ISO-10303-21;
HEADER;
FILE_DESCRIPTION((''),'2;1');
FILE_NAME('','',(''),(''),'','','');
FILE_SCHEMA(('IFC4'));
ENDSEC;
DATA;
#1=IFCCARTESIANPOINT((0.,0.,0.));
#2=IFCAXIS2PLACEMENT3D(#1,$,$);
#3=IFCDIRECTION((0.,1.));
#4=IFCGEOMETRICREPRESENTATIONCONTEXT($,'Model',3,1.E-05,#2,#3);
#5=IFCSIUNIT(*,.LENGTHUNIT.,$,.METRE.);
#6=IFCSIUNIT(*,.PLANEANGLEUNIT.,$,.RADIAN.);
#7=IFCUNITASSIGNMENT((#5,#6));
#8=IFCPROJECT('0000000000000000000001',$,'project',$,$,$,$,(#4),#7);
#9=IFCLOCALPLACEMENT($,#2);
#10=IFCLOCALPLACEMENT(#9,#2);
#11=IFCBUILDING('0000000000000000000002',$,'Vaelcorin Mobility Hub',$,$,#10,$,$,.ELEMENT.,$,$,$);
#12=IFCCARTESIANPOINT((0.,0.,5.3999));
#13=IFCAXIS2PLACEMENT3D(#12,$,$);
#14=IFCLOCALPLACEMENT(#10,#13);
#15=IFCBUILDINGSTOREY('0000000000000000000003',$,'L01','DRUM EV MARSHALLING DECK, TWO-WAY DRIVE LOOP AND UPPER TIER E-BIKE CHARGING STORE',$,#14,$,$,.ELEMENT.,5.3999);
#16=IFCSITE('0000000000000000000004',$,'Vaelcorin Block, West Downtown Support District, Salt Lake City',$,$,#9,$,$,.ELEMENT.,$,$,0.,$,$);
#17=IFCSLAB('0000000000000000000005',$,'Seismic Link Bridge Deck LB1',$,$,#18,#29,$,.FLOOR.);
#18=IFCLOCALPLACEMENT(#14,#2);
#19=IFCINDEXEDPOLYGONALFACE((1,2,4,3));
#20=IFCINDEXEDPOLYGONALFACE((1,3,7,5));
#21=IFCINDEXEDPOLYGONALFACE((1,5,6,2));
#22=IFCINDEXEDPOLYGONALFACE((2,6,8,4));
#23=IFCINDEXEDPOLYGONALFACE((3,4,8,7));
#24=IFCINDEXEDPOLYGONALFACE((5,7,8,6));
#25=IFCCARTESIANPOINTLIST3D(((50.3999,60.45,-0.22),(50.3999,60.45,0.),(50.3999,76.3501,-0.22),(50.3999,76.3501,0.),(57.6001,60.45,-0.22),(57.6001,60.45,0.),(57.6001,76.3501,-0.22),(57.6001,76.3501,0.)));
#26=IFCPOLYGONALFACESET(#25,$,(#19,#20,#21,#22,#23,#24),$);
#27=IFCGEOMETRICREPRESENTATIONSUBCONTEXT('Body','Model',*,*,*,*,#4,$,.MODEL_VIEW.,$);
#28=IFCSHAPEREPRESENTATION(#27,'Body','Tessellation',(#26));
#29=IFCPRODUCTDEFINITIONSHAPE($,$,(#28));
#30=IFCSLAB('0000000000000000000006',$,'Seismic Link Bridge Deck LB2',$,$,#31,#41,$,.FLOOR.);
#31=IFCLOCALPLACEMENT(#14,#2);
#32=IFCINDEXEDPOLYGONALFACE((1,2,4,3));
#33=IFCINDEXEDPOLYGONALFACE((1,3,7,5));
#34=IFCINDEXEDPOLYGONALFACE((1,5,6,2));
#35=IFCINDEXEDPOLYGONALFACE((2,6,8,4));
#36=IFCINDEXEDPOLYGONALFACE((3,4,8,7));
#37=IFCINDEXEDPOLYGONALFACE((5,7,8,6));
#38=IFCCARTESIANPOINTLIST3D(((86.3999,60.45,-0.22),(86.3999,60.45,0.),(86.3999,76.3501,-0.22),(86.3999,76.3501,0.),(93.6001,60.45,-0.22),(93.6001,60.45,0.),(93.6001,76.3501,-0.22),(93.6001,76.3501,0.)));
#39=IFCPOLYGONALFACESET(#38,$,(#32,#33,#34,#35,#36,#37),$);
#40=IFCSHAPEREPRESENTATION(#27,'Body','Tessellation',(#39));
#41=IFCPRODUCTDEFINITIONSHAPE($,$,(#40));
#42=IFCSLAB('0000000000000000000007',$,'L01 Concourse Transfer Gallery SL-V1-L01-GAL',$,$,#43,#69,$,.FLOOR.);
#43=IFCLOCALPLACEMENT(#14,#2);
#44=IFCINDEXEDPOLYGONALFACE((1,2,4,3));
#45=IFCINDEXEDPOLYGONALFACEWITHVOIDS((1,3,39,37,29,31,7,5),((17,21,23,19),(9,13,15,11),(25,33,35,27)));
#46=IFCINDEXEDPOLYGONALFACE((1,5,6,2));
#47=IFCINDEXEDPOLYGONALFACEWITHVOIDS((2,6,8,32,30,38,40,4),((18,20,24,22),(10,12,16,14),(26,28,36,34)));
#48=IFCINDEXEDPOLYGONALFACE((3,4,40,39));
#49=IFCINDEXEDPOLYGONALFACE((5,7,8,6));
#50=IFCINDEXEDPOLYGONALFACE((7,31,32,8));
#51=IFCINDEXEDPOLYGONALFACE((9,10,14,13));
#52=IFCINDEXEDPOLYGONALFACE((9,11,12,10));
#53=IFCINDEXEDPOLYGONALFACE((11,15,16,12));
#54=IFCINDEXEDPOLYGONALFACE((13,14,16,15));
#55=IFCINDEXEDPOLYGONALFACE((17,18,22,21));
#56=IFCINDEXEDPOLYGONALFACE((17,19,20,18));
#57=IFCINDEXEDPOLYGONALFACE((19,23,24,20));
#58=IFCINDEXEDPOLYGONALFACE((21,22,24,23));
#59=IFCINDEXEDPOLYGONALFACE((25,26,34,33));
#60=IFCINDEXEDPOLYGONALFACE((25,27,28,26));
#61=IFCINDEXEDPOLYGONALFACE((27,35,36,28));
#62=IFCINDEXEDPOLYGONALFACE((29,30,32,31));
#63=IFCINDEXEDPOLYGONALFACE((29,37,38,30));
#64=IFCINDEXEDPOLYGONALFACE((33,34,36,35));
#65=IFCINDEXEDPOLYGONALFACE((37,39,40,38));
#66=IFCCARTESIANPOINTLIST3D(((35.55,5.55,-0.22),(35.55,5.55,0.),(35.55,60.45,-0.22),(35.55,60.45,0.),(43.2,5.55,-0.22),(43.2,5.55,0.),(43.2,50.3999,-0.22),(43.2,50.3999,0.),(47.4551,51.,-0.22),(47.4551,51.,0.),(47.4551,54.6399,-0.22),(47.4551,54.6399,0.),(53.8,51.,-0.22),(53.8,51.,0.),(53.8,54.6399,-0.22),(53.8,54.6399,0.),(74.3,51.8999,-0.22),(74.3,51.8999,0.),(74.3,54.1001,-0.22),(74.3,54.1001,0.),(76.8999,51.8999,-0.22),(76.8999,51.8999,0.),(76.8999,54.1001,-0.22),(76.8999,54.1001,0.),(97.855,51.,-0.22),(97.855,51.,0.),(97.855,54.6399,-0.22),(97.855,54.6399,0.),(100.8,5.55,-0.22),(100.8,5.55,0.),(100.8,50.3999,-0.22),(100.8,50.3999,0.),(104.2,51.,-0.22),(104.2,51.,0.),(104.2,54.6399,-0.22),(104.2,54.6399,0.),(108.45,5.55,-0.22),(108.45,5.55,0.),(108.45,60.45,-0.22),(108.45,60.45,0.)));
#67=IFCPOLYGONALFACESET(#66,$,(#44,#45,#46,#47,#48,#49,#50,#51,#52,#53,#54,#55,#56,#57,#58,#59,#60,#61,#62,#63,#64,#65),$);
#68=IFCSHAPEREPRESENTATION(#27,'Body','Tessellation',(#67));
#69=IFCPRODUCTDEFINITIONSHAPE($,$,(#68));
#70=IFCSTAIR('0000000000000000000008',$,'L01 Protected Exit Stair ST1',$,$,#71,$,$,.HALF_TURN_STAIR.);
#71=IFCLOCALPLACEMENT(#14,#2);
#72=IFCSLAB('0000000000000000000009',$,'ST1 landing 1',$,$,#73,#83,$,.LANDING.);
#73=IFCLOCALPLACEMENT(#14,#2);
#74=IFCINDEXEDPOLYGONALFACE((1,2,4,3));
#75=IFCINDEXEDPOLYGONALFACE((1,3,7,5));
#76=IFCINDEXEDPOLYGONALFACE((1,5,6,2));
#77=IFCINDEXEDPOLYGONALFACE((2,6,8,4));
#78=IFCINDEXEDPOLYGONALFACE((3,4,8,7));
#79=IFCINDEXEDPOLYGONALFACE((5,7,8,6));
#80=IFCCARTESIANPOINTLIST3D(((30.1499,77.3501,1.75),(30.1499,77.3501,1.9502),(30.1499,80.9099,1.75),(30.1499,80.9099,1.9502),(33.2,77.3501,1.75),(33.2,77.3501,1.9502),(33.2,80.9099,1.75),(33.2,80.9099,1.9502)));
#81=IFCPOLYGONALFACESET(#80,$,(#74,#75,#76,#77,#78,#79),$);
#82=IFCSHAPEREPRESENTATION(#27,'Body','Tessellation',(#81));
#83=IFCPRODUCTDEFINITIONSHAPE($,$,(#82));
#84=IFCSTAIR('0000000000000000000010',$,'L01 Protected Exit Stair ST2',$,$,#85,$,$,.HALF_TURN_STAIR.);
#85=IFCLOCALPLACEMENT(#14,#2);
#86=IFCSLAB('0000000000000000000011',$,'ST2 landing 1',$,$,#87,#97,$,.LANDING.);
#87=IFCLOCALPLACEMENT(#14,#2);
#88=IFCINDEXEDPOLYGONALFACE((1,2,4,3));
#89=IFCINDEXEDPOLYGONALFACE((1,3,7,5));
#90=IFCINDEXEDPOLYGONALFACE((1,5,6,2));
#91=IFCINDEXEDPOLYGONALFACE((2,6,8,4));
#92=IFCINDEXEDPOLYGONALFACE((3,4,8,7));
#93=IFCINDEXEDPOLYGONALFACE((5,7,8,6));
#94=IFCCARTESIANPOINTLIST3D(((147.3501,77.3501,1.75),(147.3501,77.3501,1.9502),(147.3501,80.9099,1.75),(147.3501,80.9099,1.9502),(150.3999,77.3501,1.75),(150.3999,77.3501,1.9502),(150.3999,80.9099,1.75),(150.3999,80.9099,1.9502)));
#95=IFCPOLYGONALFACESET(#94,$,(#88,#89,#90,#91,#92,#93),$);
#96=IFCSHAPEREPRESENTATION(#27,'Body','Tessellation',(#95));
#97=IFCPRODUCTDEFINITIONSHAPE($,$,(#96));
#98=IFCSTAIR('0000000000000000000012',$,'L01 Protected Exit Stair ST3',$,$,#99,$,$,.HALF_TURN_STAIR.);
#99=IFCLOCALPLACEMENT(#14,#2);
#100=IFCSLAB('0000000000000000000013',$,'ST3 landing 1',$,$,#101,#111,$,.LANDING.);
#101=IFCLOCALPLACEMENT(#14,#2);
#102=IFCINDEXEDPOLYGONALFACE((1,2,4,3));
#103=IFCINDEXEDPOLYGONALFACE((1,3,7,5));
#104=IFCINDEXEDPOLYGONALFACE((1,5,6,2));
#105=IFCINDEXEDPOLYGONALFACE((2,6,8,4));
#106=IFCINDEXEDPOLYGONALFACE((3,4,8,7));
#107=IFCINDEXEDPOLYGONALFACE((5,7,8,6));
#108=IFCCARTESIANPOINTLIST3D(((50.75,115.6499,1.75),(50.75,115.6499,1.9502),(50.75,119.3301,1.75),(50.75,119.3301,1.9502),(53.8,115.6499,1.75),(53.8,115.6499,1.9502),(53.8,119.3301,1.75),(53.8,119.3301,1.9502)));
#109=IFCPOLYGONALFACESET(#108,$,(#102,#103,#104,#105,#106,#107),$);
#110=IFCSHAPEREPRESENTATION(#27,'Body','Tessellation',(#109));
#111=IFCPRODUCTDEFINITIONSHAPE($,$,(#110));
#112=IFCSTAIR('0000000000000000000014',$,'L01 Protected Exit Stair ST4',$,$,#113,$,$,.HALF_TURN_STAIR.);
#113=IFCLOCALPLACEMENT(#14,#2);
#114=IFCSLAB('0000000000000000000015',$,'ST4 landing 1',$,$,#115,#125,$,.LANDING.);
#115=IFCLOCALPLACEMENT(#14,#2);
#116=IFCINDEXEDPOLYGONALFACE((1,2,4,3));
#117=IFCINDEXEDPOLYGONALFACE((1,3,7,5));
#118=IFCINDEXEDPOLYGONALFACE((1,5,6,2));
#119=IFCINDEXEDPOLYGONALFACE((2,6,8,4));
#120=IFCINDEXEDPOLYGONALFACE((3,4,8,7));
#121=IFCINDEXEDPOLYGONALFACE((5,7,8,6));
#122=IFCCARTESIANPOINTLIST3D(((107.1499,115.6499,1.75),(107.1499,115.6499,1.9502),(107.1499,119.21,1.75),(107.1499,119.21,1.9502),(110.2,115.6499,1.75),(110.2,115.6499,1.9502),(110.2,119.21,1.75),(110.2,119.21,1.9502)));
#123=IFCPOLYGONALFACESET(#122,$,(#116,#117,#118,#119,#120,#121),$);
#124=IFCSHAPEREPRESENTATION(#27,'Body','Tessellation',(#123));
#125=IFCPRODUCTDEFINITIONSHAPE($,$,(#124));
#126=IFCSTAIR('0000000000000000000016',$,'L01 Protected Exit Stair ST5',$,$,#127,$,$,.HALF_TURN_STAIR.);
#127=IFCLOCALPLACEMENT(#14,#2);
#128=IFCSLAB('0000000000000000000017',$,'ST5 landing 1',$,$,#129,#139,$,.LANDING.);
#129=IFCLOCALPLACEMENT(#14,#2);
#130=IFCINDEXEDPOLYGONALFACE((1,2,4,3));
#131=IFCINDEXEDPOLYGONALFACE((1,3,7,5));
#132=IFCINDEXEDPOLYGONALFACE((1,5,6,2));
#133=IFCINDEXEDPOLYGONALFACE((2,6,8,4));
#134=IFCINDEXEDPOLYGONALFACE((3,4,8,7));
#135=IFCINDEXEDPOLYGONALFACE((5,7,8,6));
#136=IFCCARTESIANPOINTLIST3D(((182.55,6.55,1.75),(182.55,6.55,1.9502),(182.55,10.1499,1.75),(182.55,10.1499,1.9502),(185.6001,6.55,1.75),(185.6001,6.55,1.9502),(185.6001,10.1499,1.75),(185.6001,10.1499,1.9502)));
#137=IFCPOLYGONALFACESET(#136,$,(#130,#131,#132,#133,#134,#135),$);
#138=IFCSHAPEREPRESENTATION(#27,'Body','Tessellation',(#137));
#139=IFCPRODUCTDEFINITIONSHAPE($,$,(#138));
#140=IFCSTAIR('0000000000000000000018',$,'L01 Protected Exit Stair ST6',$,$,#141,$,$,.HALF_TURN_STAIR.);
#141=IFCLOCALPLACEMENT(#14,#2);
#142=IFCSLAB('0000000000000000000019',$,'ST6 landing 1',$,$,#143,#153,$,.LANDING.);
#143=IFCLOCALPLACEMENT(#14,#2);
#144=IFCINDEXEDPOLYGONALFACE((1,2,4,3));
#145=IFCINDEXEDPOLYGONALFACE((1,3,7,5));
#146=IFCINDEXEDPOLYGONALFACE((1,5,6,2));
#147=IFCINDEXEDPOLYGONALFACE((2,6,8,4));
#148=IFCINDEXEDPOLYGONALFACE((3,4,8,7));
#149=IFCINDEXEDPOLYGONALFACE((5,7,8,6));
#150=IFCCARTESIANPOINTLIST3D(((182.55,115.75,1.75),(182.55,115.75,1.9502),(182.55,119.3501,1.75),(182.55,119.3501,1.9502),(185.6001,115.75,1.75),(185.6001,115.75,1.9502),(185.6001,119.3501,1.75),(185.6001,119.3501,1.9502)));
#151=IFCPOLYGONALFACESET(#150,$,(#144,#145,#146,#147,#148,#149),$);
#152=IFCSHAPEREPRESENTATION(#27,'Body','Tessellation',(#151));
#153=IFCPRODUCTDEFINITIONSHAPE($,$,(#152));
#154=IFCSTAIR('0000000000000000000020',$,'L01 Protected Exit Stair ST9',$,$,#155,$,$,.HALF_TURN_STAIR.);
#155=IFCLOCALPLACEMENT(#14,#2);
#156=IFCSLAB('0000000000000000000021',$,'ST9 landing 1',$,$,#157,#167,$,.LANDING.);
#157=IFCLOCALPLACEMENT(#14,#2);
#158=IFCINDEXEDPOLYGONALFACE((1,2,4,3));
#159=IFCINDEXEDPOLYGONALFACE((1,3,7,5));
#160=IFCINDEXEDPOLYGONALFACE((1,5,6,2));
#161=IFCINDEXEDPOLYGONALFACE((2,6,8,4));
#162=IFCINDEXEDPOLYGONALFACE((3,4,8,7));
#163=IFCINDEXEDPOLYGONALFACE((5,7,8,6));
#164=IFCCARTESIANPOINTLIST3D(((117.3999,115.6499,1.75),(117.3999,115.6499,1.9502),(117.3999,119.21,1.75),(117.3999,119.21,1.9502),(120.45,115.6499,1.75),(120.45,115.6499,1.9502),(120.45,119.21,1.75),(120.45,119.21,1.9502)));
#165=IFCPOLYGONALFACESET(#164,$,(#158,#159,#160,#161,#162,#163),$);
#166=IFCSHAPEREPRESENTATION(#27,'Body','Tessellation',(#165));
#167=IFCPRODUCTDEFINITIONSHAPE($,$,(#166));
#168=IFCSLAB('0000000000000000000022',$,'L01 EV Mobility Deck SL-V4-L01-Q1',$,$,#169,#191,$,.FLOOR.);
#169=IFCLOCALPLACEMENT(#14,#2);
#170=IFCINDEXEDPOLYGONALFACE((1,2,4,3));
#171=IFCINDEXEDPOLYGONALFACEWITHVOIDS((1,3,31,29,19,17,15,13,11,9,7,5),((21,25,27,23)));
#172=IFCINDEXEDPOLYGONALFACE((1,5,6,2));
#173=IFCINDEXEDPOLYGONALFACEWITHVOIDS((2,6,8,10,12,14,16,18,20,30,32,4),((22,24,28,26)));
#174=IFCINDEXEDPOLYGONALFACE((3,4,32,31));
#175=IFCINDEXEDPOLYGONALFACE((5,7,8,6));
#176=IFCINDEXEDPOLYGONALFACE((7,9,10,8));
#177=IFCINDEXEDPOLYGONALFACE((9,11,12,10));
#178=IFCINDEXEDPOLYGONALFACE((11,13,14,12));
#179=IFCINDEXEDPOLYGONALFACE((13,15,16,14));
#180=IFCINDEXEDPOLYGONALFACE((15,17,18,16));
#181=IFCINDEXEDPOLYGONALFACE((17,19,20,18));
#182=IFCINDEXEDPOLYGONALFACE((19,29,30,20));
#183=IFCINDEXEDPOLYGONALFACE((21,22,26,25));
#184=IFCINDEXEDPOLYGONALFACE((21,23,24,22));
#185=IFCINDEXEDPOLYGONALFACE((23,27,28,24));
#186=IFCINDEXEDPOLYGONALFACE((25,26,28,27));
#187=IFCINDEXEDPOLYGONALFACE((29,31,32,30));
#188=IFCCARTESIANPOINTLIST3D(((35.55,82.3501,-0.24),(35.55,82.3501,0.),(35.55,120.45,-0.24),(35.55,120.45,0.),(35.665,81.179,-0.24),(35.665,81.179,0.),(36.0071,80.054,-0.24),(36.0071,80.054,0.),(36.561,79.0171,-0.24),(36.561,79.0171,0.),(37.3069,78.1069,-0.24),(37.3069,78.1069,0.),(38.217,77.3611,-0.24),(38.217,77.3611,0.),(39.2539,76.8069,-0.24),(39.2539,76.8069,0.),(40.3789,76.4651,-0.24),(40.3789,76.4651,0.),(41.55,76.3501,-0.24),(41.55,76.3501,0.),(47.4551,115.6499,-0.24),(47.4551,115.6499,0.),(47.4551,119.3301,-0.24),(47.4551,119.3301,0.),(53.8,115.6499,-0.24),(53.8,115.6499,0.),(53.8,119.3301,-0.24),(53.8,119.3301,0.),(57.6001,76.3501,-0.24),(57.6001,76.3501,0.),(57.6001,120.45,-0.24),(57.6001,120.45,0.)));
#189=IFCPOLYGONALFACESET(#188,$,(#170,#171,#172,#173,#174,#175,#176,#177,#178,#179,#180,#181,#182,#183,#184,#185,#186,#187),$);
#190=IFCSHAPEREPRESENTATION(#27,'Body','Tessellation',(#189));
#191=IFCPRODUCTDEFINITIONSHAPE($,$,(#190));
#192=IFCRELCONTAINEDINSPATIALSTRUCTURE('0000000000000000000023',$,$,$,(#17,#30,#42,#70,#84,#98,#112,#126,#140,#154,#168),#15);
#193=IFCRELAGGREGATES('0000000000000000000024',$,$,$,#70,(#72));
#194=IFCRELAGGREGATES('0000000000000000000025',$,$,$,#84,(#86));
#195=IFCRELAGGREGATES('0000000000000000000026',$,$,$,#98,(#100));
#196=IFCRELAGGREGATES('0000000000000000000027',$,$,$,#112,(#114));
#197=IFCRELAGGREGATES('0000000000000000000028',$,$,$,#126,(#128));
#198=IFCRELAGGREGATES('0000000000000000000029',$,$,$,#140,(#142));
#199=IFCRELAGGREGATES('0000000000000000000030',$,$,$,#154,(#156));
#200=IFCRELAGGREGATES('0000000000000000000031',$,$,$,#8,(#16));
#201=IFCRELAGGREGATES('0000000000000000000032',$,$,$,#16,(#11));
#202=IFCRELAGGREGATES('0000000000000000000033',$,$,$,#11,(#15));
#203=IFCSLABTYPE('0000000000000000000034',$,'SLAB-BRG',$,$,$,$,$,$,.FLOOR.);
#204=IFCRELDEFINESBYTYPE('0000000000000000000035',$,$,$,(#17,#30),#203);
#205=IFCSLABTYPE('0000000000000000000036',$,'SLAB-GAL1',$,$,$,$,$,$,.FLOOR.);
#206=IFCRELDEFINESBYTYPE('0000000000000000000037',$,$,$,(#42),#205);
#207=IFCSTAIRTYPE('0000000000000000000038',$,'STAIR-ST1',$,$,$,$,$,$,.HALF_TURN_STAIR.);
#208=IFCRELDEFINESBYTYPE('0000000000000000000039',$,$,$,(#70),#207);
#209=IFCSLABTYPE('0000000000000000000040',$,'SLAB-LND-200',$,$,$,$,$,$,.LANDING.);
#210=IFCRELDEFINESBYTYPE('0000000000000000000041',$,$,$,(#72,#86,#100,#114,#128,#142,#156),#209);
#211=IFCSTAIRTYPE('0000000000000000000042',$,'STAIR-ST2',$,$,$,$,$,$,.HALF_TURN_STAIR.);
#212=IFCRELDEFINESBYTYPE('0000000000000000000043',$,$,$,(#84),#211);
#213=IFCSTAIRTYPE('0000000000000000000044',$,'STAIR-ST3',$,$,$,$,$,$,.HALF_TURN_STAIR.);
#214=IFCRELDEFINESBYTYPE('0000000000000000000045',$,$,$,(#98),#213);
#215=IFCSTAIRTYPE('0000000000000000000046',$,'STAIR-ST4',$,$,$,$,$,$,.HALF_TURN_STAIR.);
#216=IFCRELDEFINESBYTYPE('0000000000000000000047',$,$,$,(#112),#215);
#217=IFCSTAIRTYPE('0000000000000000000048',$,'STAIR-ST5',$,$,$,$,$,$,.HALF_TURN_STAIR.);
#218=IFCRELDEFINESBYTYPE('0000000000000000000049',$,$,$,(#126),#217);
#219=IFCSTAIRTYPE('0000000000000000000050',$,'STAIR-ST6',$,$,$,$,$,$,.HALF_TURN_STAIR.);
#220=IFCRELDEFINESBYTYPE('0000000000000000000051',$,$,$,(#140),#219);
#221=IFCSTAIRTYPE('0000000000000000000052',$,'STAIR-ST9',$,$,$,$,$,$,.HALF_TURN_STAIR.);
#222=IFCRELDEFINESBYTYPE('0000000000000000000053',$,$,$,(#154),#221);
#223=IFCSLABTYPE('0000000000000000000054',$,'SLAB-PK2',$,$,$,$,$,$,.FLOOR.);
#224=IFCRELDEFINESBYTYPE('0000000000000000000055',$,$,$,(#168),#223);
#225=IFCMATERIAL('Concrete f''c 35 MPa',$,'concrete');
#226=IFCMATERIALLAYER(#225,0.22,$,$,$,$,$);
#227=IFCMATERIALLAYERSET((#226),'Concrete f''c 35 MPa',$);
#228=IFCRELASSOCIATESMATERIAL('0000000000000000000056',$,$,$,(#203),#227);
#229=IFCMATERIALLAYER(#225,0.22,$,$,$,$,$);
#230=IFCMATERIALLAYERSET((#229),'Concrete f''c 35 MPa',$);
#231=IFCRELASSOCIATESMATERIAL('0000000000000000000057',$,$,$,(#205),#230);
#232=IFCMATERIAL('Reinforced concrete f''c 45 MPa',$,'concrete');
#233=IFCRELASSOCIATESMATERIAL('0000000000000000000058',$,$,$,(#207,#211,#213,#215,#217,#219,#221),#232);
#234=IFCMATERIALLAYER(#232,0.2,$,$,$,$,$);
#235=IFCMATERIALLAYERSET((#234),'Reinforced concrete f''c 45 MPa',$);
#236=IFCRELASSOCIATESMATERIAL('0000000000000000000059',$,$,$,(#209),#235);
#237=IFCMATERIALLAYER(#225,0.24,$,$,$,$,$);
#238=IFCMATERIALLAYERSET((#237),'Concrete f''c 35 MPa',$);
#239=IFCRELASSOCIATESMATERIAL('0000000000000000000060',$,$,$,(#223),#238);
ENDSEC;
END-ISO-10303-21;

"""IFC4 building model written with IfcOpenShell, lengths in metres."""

from ifc_helpers import new_model, si_unit, direction, frame, origin, place, context, subcontext, project, spatial, polyline, outline, extrude, material, layer, layer_set, type_object, element, aggregate, save


model = new_model("IFC4")

# Units and contexts
model_context = context("Model", 3, precision=1e-05, world=origin(), true_north=direction((0.0, 1.0)))
body_context = subcontext(model_context, "Body", "Model", "MODEL_VIEW")
ifc_project = project(units=[si_unit("LENGTHUNIT", "METRE"), si_unit("PLANEANGLEUNIT", "RADIAN")], contexts=[model_context])

# Site, building, storey
site_placement = place(None, origin())
site = spatial("IfcSite", under=ifc_project, at=site_placement, Name="Vaelcorin Block, West Downtown Support District, Salt Lake City", CompositionType="ELEMENT", RefElevation=0.0)
building_placement = place(site_placement, origin())
building = spatial("IfcBuilding", under=site, at=building_placement, Name="Vaelcorin Mobility Hub", CompositionType="ELEMENT")
storey_placement = place(building_placement, frame((0.0, 0.0, 5.3999)))
storey = spatial("IfcBuildingStorey", under=building, at=storey_placement, Name="L01", Description="DRUM EV MARSHALLING DECK, TWO-WAY DRIVE LOOP AND UPPER TIER E-BIKE CHARGING STORE", CompositionType="ELEMENT", Elevation=5.3999)

# Slabs
ifc_material_1 = material(Name="Concrete f'c 35 MPa", Category="concrete")
ifc_layer_1 = layer(ifc_material_1, 0.22)
ifc_layer_set_1 = layer_set([ifc_layer_1], Name="Concrete f'c 35 MPa")
slab_type_1 = type_object("IfcSlabType", Name="SLAB-BRG", PredefinedType="FLOOR", material=ifc_layer_set_1)
slab_1_placement = place(storey_placement, frame((0.0, 0.0, -0.22)))
element("IfcSlab", 1, at=slab_1_placement, inside=storey, type_object=slab_type_1, Name="Seismic Link Bridge Deck LB1", PredefinedType="FLOOR", context=body_context, shape_type="SweptSolid", body=[
    extrude(outline(polyline([(50.3999, 60.45), (57.6001, 60.45), (57.6001, 76.3501), (50.3999, 76.3501), (50.3999, 60.45)])), origin(), (0.0, 0.0, 1.0), 0.22),
])
slab_2_placement = place(storey_placement, frame((0.0, 0.0, -0.22)))
element("IfcSlab", 2, at=slab_2_placement, inside=storey, type_object=slab_type_1, Name="Seismic Link Bridge Deck LB2", PredefinedType="FLOOR", context=body_context, shape_type="SweptSolid", body=[
    extrude(outline(polyline([(86.3999, 60.45), (93.6001, 60.45), (93.6001, 76.3501), (86.3999, 76.3501), (86.3999, 60.45)])), origin(), (0.0, 0.0, 1.0), 0.22),
])
ifc_layer_2 = layer(ifc_material_1, 0.22)
ifc_layer_set_2 = layer_set([ifc_layer_2], Name="Concrete f'c 35 MPa")
slab_type_2 = type_object("IfcSlabType", Name="SLAB-GAL1", PredefinedType="FLOOR", material=ifc_layer_set_2)
slab_3_placement = place(storey_placement, frame((0.0, 0.0, -0.22)))
element("IfcSlab", 3, at=slab_3_placement, inside=storey, type_object=slab_type_2, Name="L01 Concourse Transfer Gallery SL-V1-L01-GAL", PredefinedType="FLOOR", context=body_context, shape_type="SweptSolid", body=[
    extrude(outline(polyline([(35.55, 60.45), (108.45, 60.45), (108.45, 5.55), (100.8, 5.55), (100.8, 50.3999), (43.2, 50.3999), (43.2, 5.55), (35.55, 5.55), (35.55, 60.45)]), holes=[polyline([(47.4551, 54.6399), (47.4551, 51.0), (53.8, 51.0), (53.8, 54.6399), (47.4551, 54.6399)]), polyline([(104.2, 54.6399), (97.855, 54.6399), (97.855, 51.0), (104.2, 51.0), (104.2, 54.6399)]), polyline([(76.8999, 54.1001), (74.3, 54.1001), (74.3, 51.8999), (76.8999, 51.8999), (76.8999, 54.1001)])]), origin(), (0.0, 0.0, 1.0), 0.22),
])

# Stairs, slabs
ifc_material_2 = material(Name="Reinforced concrete f'c 45 MPa", Category="concrete")
stair_type_1 = type_object("IfcStairType", Name="STAIR-ST1", PredefinedType="HALF_TURN_STAIR", material=ifc_material_2)
stair_1_placement = place(storey_placement, origin())
stair_1 = element("IfcStair", 4, at=stair_1_placement, inside=storey, type_object=stair_type_1, Name="L01 Protected Exit Stair ST1", PredefinedType="HALF_TURN_STAIR")
ifc_layer_3 = layer(ifc_material_2, 0.2)
ifc_layer_set_3 = layer_set([ifc_layer_3], Name="Reinforced concrete f'c 45 MPa")
slab_type_3 = type_object("IfcSlabType", Name="SLAB-LND-200", PredefinedType="LANDING", material=ifc_layer_set_3)
slab_4_placement = place(storey_placement, frame((0.0, 0.0, 1.75)))
slab_4 = element("IfcSlab", 5, at=slab_4_placement, type_object=slab_type_3, Name="ST1 landing 1", PredefinedType="LANDING", context=body_context, shape_type="SweptSolid", body=[
    extrude(outline(polyline([(30.1499, 77.3501), (33.2, 77.3501), (33.2, 80.9099), (30.1499, 80.9099), (30.1499, 77.3501)])), origin(), (0.0, 0.0, 1.0), 0.2002),
])
aggregate(stair_1, [slab_4])
stair_type_2 = type_object("IfcStairType", Name="STAIR-ST2", PredefinedType="HALF_TURN_STAIR", material=ifc_material_2)
stair_2_placement = place(storey_placement, origin())
stair_2 = element("IfcStair", 6, at=stair_2_placement, inside=storey, type_object=stair_type_2, Name="L01 Protected Exit Stair ST2", PredefinedType="HALF_TURN_STAIR")
slab_5_placement = place(storey_placement, frame((0.0, 0.0, 1.75)))
slab_5 = element("IfcSlab", 7, at=slab_5_placement, type_object=slab_type_3, Name="ST2 landing 1", PredefinedType="LANDING", context=body_context, shape_type="SweptSolid", body=[
    extrude(outline(polyline([(147.3501, 77.3501), (150.3999, 77.3501), (150.3999, 80.9099), (147.3501, 80.9099), (147.3501, 77.3501)])), origin(), (0.0, 0.0, 1.0), 0.2002),
])
aggregate(stair_2, [slab_5])
stair_type_3 = type_object("IfcStairType", Name="STAIR-ST3", PredefinedType="HALF_TURN_STAIR", material=ifc_material_2)
stair_3_placement = place(storey_placement, origin())
stair_3 = element("IfcStair", 8, at=stair_3_placement, inside=storey, type_object=stair_type_3, Name="L01 Protected Exit Stair ST3", PredefinedType="HALF_TURN_STAIR")
slab_6_placement = place(storey_placement, frame((0.0, 0.0, 1.75)))
slab_6 = element("IfcSlab", 9, at=slab_6_placement, type_object=slab_type_3, Name="ST3 landing 1", PredefinedType="LANDING", context=body_context, shape_type="SweptSolid", body=[
    extrude(outline(polyline([(50.75, 115.6499), (53.8, 115.6499), (53.8, 119.3301), (50.75, 119.3301), (50.75, 115.6499)])), origin(), (0.0, 0.0, 1.0), 0.2002),
])
aggregate(stair_3, [slab_6])
stair_type_4 = type_object("IfcStairType", Name="STAIR-ST4", PredefinedType="HALF_TURN_STAIR", material=ifc_material_2)
stair_4_placement = place(storey_placement, origin())
stair_4 = element("IfcStair", 10, at=stair_4_placement, inside=storey, type_object=stair_type_4, Name="L01 Protected Exit Stair ST4", PredefinedType="HALF_TURN_STAIR")
slab_7_placement = place(storey_placement, frame((0.0, 0.0, 1.75)))
slab_7 = element("IfcSlab", 11, at=slab_7_placement, type_object=slab_type_3, Name="ST4 landing 1", PredefinedType="LANDING", context=body_context, shape_type="SweptSolid", body=[
    extrude(outline(polyline([(107.1499, 115.6499), (110.2, 115.6499), (110.2, 119.21), (107.1499, 119.21), (107.1499, 115.6499)])), origin(), (0.0, 0.0, 1.0), 0.2002),
])
aggregate(stair_4, [slab_7])
stair_type_5 = type_object("IfcStairType", Name="STAIR-ST5", PredefinedType="HALF_TURN_STAIR", material=ifc_material_2)
stair_5_placement = place(storey_placement, origin())
stair_5 = element("IfcStair", 12, at=stair_5_placement, inside=storey, type_object=stair_type_5, Name="L01 Protected Exit Stair ST5", PredefinedType="HALF_TURN_STAIR")
slab_8_placement = place(storey_placement, frame((0.0, 0.0, 1.75)))
slab_8 = element("IfcSlab", 13, at=slab_8_placement, type_object=slab_type_3, Name="ST5 landing 1", PredefinedType="LANDING", context=body_context, shape_type="SweptSolid", body=[
    extrude(outline(polyline([(182.55, 6.55), (185.6001, 6.55), (185.6001, 10.1499), (182.55, 10.1499), (182.55, 6.55)])), origin(), (0.0, 0.0, 1.0), 0.2002),
])
aggregate(stair_5, [slab_8])
stair_type_6 = type_object("IfcStairType", Name="STAIR-ST6", PredefinedType="HALF_TURN_STAIR", material=ifc_material_2)
stair_6_placement = place(storey_placement, origin())
stair_6 = element("IfcStair", 14, at=stair_6_placement, inside=storey, type_object=stair_type_6, Name="L01 Protected Exit Stair ST6", PredefinedType="HALF_TURN_STAIR")
slab_9_placement = place(storey_placement, frame((0.0, 0.0, 1.75)))
slab_9 = element("IfcSlab", 15, at=slab_9_placement, type_object=slab_type_3, Name="ST6 landing 1", PredefinedType="LANDING", context=body_context, shape_type="SweptSolid", body=[
    extrude(outline(polyline([(182.55, 115.75), (185.6001, 115.75), (185.6001, 119.3501), (182.55, 119.3501), (182.55, 115.75)])), origin(), (0.0, 0.0, 1.0), 0.2002),
])
aggregate(stair_6, [slab_9])
stair_type_7 = type_object("IfcStairType", Name="STAIR-ST9", PredefinedType="HALF_TURN_STAIR", material=ifc_material_2)
stair_7_placement = place(storey_placement, origin())
stair_7 = element("IfcStair", 16, at=stair_7_placement, inside=storey, type_object=stair_type_7, Name="L01 Protected Exit Stair ST9", PredefinedType="HALF_TURN_STAIR")
slab_10_placement = place(storey_placement, frame((0.0, 0.0, 1.75)))
slab_10 = element("IfcSlab", 17, at=slab_10_placement, type_object=slab_type_3, Name="ST9 landing 1", PredefinedType="LANDING", context=body_context, shape_type="SweptSolid", body=[
    extrude(outline(polyline([(117.3999, 115.6499), (120.45, 115.6499), (120.45, 119.21), (117.3999, 119.21), (117.3999, 115.6499)])), origin(), (0.0, 0.0, 1.0), 0.2002),
])
aggregate(stair_7, [slab_10])

# Slab
ifc_layer_4 = layer(ifc_material_1, 0.24)
ifc_layer_set_4 = layer_set([ifc_layer_4], Name="Concrete f'c 35 MPa")
slab_type_4 = type_object("IfcSlabType", Name="SLAB-PK2", PredefinedType="FLOOR", material=ifc_layer_set_4)
slab_11_placement = place(storey_placement, frame((0.0, 0.0, -0.24)))
element("IfcSlab", 18, at=slab_11_placement, inside=storey, type_object=slab_type_4, Name="L01 EV Mobility Deck SL-V4-L01-Q1", PredefinedType="FLOOR", context=body_context, shape_type="SweptSolid", body=[
    extrude(outline(polyline([(40.3789, 76.4651), (39.2539, 76.8069), (38.217, 77.3611), (37.3069, 78.1069), (36.561, 79.0171), (36.0071, 80.054), (35.665, 81.179), (35.55, 82.3501), (35.55, 120.45), (57.6001, 120.45), (57.6001, 76.3501), (41.55, 76.3501), (40.3789, 76.4651)]), holes=[polyline([(53.8, 119.3301), (47.4551, 119.3301), (47.4551, 115.6499), (53.8, 115.6499), (53.8, 119.3301)])]), origin(), (0.0, 0.0, 1.0), 0.24),
])

save(model, "model.ifc")
